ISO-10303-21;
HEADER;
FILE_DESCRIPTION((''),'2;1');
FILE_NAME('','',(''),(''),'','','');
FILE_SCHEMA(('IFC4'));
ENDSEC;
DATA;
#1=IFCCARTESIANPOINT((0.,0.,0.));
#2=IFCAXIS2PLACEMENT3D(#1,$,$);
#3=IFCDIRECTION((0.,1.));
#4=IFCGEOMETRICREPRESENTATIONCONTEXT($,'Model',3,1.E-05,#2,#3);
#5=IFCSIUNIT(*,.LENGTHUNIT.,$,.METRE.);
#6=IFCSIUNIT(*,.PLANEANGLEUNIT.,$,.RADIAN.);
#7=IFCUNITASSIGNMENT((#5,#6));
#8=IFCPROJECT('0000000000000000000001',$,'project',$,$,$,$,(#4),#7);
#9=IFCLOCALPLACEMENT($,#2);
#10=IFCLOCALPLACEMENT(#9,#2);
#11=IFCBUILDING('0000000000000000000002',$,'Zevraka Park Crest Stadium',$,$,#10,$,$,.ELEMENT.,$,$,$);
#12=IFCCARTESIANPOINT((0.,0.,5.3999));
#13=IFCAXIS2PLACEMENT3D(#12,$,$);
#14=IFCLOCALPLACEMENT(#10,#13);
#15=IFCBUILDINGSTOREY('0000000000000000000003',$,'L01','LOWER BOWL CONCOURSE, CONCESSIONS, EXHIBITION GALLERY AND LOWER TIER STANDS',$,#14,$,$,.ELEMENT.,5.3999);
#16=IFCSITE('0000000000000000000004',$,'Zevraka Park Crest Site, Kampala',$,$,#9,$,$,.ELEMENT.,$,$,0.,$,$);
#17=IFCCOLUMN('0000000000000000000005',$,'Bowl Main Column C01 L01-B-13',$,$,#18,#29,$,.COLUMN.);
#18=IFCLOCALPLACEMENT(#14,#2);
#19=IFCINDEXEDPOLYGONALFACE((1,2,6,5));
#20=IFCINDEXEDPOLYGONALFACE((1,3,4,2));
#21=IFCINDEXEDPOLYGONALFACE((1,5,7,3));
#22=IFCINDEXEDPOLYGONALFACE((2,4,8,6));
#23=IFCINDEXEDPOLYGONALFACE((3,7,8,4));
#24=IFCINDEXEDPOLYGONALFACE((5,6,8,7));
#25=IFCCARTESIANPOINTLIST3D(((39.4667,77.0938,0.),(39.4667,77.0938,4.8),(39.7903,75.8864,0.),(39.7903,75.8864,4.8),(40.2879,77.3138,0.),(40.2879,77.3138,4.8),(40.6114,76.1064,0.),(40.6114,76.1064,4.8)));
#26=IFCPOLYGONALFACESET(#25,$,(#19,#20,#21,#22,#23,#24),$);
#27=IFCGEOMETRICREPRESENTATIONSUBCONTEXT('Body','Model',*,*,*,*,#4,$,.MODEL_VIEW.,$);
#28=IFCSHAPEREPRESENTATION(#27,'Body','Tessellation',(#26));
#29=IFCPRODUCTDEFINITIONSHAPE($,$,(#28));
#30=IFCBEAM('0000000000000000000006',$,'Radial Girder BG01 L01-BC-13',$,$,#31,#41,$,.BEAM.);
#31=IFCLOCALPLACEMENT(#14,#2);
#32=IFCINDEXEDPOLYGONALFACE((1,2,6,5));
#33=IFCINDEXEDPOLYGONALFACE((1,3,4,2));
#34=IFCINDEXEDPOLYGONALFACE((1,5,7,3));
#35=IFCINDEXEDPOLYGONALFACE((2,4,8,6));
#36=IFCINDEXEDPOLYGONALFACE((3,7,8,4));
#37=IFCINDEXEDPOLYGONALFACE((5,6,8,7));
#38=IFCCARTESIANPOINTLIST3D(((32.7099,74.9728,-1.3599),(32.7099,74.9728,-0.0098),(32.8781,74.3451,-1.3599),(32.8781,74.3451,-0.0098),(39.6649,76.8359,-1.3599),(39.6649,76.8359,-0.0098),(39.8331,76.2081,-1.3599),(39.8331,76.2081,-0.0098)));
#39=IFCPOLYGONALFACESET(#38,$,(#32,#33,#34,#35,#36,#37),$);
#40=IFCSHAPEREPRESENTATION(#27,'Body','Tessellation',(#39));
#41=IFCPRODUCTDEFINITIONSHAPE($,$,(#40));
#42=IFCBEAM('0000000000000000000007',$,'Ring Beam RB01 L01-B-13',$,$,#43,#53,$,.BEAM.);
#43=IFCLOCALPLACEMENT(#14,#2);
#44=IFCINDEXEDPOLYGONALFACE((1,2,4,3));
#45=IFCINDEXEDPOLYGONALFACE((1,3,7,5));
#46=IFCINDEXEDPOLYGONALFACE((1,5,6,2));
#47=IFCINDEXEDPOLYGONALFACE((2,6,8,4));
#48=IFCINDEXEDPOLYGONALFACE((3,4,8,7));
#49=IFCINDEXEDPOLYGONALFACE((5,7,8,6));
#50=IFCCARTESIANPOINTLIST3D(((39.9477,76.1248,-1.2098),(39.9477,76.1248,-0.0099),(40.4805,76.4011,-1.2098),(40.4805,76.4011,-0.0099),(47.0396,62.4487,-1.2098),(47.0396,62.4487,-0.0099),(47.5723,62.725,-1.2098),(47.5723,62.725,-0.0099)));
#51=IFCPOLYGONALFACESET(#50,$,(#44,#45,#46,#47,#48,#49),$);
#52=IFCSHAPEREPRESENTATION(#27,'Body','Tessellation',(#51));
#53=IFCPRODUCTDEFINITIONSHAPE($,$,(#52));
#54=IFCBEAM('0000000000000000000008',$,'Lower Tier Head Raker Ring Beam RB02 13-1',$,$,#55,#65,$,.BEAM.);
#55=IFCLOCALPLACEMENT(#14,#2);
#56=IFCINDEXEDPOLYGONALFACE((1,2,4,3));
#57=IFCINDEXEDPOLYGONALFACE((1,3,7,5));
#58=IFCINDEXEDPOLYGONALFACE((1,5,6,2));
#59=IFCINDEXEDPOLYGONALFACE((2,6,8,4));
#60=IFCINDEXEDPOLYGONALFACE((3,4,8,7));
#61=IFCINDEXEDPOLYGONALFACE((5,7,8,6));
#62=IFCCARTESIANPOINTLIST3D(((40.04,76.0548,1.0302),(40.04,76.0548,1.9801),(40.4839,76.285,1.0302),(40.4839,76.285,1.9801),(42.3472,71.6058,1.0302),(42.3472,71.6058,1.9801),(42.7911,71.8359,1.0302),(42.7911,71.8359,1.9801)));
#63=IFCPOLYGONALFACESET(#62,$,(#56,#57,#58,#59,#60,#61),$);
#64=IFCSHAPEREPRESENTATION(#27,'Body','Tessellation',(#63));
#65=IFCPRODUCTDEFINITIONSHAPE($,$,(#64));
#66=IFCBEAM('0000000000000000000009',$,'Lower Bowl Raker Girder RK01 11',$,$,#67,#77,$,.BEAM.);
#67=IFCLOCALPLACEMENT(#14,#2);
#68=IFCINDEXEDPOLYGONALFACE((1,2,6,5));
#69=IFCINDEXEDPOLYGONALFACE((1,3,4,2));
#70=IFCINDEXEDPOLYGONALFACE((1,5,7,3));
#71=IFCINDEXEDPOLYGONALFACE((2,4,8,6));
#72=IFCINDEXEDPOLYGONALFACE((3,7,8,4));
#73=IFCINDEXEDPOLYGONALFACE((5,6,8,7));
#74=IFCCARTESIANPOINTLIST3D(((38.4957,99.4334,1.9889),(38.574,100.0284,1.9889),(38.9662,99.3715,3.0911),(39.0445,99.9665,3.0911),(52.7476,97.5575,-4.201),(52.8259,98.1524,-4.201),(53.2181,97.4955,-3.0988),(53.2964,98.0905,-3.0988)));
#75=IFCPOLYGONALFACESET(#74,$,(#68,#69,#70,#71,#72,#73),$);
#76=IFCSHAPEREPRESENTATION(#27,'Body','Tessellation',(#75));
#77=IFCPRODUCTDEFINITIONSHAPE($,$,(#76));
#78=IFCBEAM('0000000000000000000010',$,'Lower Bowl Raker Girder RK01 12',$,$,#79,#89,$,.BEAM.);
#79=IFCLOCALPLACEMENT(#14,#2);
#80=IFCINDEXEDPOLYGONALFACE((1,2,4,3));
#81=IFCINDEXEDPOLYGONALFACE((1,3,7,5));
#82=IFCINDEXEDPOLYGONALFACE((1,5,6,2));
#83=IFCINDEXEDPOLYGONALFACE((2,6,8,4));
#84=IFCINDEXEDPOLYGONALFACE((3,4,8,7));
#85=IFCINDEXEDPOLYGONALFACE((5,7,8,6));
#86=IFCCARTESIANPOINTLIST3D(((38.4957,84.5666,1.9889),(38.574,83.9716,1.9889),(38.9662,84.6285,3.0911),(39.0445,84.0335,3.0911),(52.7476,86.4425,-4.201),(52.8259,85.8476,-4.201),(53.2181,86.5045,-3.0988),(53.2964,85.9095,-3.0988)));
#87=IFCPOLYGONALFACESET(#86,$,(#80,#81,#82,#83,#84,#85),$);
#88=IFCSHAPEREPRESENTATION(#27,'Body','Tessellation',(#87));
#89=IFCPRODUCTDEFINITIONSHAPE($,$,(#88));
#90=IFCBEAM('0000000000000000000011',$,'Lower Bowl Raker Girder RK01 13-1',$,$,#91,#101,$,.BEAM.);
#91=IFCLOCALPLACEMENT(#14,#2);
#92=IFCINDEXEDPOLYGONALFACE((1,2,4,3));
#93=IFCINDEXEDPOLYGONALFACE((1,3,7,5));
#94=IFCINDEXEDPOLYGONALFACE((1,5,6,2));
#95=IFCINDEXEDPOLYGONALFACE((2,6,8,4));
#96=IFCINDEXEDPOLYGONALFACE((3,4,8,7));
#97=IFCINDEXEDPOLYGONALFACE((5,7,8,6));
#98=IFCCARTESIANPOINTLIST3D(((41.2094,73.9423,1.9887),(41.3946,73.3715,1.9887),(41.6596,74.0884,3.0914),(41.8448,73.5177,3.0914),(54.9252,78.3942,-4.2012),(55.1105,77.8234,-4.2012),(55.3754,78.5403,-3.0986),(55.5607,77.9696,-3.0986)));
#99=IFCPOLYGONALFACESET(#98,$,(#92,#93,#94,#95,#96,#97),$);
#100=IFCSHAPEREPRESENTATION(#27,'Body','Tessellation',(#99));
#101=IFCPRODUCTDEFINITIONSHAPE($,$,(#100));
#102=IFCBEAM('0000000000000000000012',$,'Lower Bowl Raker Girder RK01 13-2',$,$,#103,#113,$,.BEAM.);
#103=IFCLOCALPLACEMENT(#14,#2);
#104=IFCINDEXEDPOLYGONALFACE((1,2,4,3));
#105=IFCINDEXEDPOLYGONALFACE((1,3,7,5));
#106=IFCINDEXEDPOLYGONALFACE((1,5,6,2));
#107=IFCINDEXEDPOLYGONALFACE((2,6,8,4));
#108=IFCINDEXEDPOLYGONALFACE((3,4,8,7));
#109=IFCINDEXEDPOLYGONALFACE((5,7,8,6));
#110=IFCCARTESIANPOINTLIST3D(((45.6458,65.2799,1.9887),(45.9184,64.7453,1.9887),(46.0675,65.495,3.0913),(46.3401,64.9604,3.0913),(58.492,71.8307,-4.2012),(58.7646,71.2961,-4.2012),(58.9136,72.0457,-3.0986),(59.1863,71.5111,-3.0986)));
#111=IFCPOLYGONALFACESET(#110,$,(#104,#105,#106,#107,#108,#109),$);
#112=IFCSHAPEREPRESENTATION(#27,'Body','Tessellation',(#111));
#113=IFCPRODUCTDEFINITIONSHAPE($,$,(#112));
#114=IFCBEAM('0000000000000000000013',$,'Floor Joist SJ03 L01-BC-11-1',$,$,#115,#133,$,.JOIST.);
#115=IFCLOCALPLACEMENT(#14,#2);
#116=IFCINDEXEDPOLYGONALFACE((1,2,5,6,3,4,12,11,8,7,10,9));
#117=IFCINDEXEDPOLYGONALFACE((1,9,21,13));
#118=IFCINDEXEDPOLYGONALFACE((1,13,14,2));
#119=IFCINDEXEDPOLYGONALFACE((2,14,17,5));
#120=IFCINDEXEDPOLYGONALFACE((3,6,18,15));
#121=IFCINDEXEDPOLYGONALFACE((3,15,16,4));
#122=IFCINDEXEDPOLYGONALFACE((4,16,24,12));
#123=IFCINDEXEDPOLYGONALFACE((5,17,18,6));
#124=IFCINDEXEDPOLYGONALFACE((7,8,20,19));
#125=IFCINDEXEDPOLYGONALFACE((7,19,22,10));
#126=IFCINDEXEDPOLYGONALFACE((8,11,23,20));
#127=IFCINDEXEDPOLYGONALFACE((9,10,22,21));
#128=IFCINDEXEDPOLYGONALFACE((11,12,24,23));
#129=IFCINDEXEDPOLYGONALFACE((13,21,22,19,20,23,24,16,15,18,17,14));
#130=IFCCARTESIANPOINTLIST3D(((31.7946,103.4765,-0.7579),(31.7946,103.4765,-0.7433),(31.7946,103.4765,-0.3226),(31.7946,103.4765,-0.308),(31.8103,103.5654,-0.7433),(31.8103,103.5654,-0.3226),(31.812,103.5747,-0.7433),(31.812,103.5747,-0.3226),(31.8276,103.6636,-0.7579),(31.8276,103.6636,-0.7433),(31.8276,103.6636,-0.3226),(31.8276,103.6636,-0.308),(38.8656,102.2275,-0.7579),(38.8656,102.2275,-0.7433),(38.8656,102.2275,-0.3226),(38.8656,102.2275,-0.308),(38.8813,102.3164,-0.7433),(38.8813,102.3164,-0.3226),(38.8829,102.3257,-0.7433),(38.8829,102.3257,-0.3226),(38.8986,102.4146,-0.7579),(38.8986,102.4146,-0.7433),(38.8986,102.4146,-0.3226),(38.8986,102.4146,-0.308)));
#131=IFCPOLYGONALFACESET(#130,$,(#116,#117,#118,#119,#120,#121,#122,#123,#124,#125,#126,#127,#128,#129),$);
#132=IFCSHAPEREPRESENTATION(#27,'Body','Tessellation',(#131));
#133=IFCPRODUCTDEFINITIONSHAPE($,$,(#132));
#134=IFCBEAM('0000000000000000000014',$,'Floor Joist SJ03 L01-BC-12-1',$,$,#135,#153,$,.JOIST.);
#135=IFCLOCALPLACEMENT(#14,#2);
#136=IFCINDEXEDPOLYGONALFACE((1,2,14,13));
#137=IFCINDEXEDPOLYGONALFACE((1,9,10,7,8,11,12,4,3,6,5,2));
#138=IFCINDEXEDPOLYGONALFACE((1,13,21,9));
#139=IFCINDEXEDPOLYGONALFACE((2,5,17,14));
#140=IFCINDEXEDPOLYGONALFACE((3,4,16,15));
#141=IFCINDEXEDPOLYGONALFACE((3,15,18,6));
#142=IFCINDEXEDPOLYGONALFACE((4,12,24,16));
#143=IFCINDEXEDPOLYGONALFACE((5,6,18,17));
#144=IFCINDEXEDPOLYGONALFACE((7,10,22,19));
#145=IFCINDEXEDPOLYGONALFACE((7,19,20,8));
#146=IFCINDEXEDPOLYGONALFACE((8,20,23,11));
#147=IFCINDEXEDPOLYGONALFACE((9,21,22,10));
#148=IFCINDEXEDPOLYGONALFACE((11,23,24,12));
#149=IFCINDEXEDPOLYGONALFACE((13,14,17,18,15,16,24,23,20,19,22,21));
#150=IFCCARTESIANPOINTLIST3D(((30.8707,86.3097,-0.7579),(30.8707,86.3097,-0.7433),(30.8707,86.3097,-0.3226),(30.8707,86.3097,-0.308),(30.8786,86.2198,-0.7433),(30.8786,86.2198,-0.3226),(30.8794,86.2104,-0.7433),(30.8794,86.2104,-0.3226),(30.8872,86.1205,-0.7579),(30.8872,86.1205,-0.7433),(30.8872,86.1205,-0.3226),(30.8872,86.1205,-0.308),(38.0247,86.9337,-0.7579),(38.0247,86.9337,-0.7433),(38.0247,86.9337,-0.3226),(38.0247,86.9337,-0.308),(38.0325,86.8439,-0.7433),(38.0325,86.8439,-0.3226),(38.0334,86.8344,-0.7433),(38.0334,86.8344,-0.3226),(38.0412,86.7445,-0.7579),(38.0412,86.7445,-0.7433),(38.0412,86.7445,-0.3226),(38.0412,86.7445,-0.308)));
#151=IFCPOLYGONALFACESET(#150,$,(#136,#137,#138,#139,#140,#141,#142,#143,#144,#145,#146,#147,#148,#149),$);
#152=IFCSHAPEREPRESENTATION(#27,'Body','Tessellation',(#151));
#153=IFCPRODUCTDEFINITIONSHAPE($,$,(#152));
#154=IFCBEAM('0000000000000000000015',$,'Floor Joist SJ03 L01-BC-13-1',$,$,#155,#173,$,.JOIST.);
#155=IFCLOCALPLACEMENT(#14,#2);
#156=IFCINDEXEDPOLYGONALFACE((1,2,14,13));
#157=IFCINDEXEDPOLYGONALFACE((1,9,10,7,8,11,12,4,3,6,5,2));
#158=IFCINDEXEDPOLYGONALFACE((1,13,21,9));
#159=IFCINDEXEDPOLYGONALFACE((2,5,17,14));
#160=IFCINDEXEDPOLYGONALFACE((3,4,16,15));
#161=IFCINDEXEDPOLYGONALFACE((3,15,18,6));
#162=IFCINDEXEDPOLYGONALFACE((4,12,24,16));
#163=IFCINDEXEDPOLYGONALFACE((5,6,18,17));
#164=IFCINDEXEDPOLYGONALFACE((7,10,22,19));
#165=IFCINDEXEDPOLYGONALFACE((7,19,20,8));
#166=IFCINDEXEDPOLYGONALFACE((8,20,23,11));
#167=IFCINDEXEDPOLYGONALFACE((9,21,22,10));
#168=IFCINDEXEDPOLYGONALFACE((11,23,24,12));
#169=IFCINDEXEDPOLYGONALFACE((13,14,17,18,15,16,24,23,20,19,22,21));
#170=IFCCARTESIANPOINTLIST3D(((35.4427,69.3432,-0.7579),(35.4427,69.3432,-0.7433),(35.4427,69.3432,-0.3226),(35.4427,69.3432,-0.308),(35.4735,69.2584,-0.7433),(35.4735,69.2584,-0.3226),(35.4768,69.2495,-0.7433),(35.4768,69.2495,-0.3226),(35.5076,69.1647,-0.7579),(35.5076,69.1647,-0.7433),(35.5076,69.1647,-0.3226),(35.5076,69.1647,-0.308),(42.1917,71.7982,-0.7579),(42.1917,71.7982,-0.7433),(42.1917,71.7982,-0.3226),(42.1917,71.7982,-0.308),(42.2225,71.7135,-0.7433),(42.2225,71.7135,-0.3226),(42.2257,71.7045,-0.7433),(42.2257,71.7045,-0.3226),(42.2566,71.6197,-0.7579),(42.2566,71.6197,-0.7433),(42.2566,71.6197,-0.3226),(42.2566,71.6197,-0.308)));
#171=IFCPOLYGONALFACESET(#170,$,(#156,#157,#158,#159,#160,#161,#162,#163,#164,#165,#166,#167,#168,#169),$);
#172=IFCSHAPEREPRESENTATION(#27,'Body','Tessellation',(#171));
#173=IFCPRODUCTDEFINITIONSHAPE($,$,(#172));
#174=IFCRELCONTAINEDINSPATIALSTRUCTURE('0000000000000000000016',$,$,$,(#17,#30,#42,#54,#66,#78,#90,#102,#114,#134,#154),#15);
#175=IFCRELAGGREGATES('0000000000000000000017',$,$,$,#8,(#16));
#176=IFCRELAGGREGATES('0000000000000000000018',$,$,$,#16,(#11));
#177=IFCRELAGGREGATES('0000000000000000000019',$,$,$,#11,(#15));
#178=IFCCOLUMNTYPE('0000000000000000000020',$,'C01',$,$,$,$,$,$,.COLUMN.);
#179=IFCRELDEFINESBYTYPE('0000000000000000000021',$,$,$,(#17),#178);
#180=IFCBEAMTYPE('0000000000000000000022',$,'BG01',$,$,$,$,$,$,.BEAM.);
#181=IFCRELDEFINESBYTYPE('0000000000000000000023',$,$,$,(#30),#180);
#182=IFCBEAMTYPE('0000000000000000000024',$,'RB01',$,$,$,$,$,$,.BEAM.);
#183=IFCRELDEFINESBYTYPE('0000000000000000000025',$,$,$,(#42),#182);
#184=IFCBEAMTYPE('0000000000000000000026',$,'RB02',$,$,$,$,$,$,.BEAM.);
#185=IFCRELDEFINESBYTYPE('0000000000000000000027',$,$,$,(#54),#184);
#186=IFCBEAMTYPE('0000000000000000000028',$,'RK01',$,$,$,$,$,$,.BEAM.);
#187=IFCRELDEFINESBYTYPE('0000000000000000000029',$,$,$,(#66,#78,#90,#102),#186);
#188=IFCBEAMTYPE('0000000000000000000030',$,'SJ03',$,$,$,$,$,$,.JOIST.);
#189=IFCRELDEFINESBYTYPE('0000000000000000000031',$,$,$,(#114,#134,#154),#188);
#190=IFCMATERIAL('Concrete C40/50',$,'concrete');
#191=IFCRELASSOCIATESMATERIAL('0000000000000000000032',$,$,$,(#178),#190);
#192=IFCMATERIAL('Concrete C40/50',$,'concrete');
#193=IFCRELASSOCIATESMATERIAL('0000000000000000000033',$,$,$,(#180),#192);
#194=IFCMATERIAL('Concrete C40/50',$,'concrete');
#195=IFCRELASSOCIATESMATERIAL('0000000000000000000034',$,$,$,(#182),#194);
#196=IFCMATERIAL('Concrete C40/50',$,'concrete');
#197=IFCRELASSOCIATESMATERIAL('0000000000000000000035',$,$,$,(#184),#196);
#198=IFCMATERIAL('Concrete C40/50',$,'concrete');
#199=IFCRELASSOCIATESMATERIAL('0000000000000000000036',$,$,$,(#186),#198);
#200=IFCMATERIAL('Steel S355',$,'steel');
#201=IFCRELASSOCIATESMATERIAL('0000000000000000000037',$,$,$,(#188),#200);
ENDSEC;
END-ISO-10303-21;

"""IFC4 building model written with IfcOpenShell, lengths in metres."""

from ifc_helpers import new_model, si_unit, direction, frame, origin, origin_2d, place, context, subcontext, project, spatial, rectangle, i_section, extrude, material, material_profile, profile_set, type_object, element, save


model = new_model("IFC4")

# Units and contexts
model_context = context("Model", 3, precision=1e-05, world=origin(), true_north=direction((0.0, 1.0)))
body_context = subcontext(model_context, "Body", "Model", "MODEL_VIEW")
ifc_project = project(units=[si_unit("LENGTHUNIT", "METRE"), si_unit("PLANEANGLEUNIT", "RADIAN")], contexts=[model_context])

# Site, building, storey
site_placement = place(None, origin())
site = spatial("IfcSite", under=ifc_project, at=site_placement, Name="Zevraka Park Crest Site, Kampala", CompositionType="ELEMENT", RefElevation=0.0)
building_placement = place(site_placement, origin())
building = spatial("IfcBuilding", under=site, at=building_placement, Name="Zevraka Park Crest Stadium", CompositionType="ELEMENT")
storey_placement = place(building_placement, frame((0.0, 0.0, 5.3999)))
storey = spatial("IfcBuildingStorey", under=building, at=storey_placement, Name="L01", Description="LOWER BOWL CONCOURSE, CONCESSIONS, EXHIBITION GALLERY AND LOWER TIER STANDS", CompositionType="ELEMENT", Elevation=5.3999)

# Column
ifc_material_1 = material(Name="Concrete C40/50", Category="concrete")
ifc_material_profile_1 = material_profile(ifc_material_1, rectangle(XDim=0.8501, YDim=1.25, at=origin_2d()), Name="RC 1250x850")
ifc_profile_set_1 = profile_set([ifc_material_profile_1], Name="Concrete C40/50")
column_type = type_object("IfcColumnType", Name="C01", PredefinedType="COLUMN", material=ifc_profile_set_1)
column_placement = place(storey_placement, frame((40.0391, 76.6001, 0.0), z_axis=(0.0, 0.0, 1.0), x_axis=(0.965926, 0.258819, 0.0)))
element("IfcColumn", 1, at=column_placement, inside=storey, type_object=column_type, Name="Bowl Main Column C01 L01-B-13", PredefinedType="COLUMN", context=body_context, shape_type="SweptSolid", body=[
    extrude(rectangle(XDim=0.8501, YDim=1.25, at=origin_2d()), origin(), (0.0, 0.0, 1.0), 4.8),
])

# Beams
ifc_material_2 = material(Name="Concrete C40/50", Category="concrete")
ifc_material_profile_2 = material_profile(ifc_material_2, rectangle(XDim=0.6499, YDim=1.3501, at=origin_2d()), Name="RC 1350x650")
ifc_profile_set_2 = profile_set([ifc_material_profile_2], Name="Concrete C40/50")
beam_type_1 = type_object("IfcBeamType", Name="BG01", PredefinedType="BEAM", material=ifc_profile_set_2)
beam_1_placement = place(storey_placement, frame((39.749, 76.522, -0.6848), z_axis=(-0.965946, -0.258745, 0.0), x_axis=(0.258745, -0.965946, 0.0)))
element("IfcBeam", 2, at=beam_1_placement, inside=storey, type_object=beam_type_1, Name="Radial Girder BG01 L01-BC-13", PredefinedType="BEAM", context=body_context, shape_type="SweptSolid", body=[
    extrude(rectangle(XDim=0.6499, YDim=1.3501, at=origin_2d()), origin(), (0.0, 0.0, 1.0), 7.2002),
])
ifc_material_3 = material(Name="Concrete C40/50", Category="concrete")
ifc_material_profile_3 = material_profile(ifc_material_3, rectangle(XDim=0.6001, YDim=1.2, at=origin_2d()), Name="RC 1200x600")
ifc_profile_set_3 = profile_set([ifc_material_profile_3], Name="Concrete C40/50")
beam_type_2 = type_object("IfcBeamType", Name="RB01", PredefinedType="BEAM", material=ifc_profile_set_3)
beam_2_placement = place(storey_placement, frame((40.2141, 76.2629, -0.6099), z_axis=(0.460344, -0.887741, 0.0), x_axis=(0.887741, 0.460344, 0.0)))
element("IfcBeam", 3, at=beam_2_placement, inside=storey, type_object=beam_type_2, Name="Ring Beam RB01 L01-B-13", PredefinedType="BEAM", context=body_context, shape_type="SweptSolid", body=[
    extrude(rectangle(XDim=0.6001, YDim=1.2, at=origin_2d()), origin(), (0.0, 0.0, 1.0), 15.4055),
])
ifc_material_4 = material(Name="Concrete C40/50", Category="concrete")
ifc_material_profile_4 = material_profile(ifc_material_4, rectangle(XDim=0.5, YDim=0.95, at=origin_2d()), Name="RC 950x500")
ifc_profile_set_4 = profile_set([ifc_material_profile_4], Name="Concrete C40/50")
beam_type_3 = type_object("IfcBeamType", Name="RB02", PredefinedType="BEAM", material=ifc_profile_set_4)
beam_3_placement = place(storey_placement, frame((40.262, 76.1699, 1.5051), z_axis=(0.460357, -0.887734, 0.0), x_axis=(0.887734, 0.460357, 0.0)))
element("IfcBeam", 4, at=beam_3_placement, inside=storey, type_object=beam_type_3, Name="Lower Tier Head Raker Ring Beam RB02 13-1", PredefinedType="BEAM", context=body_context, shape_type="SweptSolid", body=[
    extrude(rectangle(XDim=0.5, YDim=0.95, at=origin_2d()), origin(), (0.0, 0.0, 1.0), 5.0117),
])
ifc_material_5 = material(Name="Concrete C40/50", Category="concrete")
ifc_material_profile_5 = material_profile(ifc_material_5, rectangle(XDim=0.6001, YDim=1.2, at=origin_2d()), Name="RC 1200x600")
ifc_profile_set_5 = profile_set([ifc_material_profile_5], Name="Concrete C40/50")
beam_type_4 = type_object("IfcBeamType", Name="RK01", PredefinedType="BEAM", material=ifc_profile_set_5)
for number, where, z_axis, x_axis, name in (
    (5, (53.022, 97.824, -3.6499), (-0.910612, 0.119863, 0.395499), (-0.130504, -0.991448, 0.0), "Lower Bowl Raker Girder RK01 11"),
    (6, (53.022, 86.176, -3.6499), (-0.910612, -0.119863, 0.395499), (0.130504, -0.991448, 0.0), "Lower Bowl Raker Girder RK01 12"),
):
    element("IfcBeam", number, at=place(storey_placement, frame(where, z_axis=z_axis, x_axis=x_axis)), inside=storey, type_object=beam_type_4, Name=name, PredefinedType="BEAM", context=body_context, shape_type="SweptSolid", body=[
        extrude(rectangle(XDim=0.6001, YDim=1.2, at=origin_2d()), origin(), (0.0, 0.0, 1.0), 15.6509),
    ])
beam_4_placement = place(storey_placement, frame((55.2429, 78.1819, -3.6499), z_axis=(-0.87403, -0.283694, 0.394449), x_axis=(0.308726, -0.951151, 0.0)))
element("IfcBeam", 7, at=beam_4_placement, inside=storey, type_object=beam_type_4, Name="Lower Bowl Raker Girder RK01 13-1", PredefinedType="BEAM", context=body_context, shape_type="SweptSolid", body=[
    extrude(rectangle(XDim=0.6001, YDim=1.2, at=origin_2d()), origin(), (0.0, 0.0, 1.0), 15.6926),
])
beam_5_placement = place(storey_placement, frame((58.8391, 71.6709, -3.6499), z_axis=(-0.818623, -0.417448, 0.394454), x_axis=(0.454283, -0.890857, 0.0)))
element("IfcBeam", 8, at=beam_5_placement, inside=storey, type_object=beam_type_4, Name="Lower Bowl Raker Girder RK01 13-2", PredefinedType="BEAM", context=body_context, shape_type="SweptSolid", body=[
    extrude(rectangle(XDim=0.6001, YDim=1.2, at=origin_2d()), origin(), (0.0, 0.0, 1.0), 15.6924),
])
ifc_material_6 = material(Name="Steel S355", Category="steel")
ifc_material_profile_6 = material_profile(ifc_material_6, i_section(OverallWidth=0.1899, OverallDepth=0.45, WebThickness=0.0095, FlangeThickness=0.0146, at=origin_2d()), Name="IPE 450")
ifc_profile_set_6 = profile_set([ifc_material_profile_6], Name="Steel S355")
beam_type_5 = type_object("IfcBeamType", Name="SJ03", PredefinedType="JOIST", material=ifc_profile_set_6)
beam_6_placement = place(storey_placement, frame((38.8821, 102.321, -0.533), z_axis=(-0.984755, 0.173946, 0.0), x_axis=(-0.173946, -0.984755, 0.0)))
element("IfcBeam", 9, at=beam_6_placement, inside=storey, type_object=beam_type_5, Name="Floor Joist SJ03 L01-BC-11-1", PredefinedType="JOIST", context=body_context, shape_type="SweptSolid", body=[
    extrude(i_section(OverallWidth=0.1899, OverallDepth=0.45, WebThickness=0.0095, FlangeThickness=0.0146, at=origin_2d()), origin(), (0.0, 0.0, 1.0), 7.1804),
])
beam_7_placement = place(storey_placement, frame((38.033, 86.8391, -0.533), z_axis=(-0.996217, -0.086897, 0.0), x_axis=(0.086897, -0.996217, 0.0)))
element("IfcBeam", 10, at=beam_7_placement, inside=storey, type_object=beam_type_5, Name="Floor Joist SJ03 L01-BC-12-1", PredefinedType="JOIST", context=body_context, shape_type="SweptSolid", body=[
    extrude(i_section(OverallWidth=0.1899, OverallDepth=0.45, WebThickness=0.0095, FlangeThickness=0.0146, at=origin_2d()), origin(), (0.0, 0.0, 1.0), 7.1812),
])
beam_8_placement = place(storey_placement, frame((42.2241, 71.709, -0.533), z_axis=(-0.939754, -0.341852, 0.0), x_axis=(0.341852, -0.939754, 0.0)))
element("IfcBeam", 11, at=beam_8_placement, inside=storey, type_object=beam_type_5, Name="Floor Joist SJ03 L01-BC-13-1", PredefinedType="JOIST", context=body_context, shape_type="SweptSolid", body=[
    extrude(i_section(OverallWidth=0.1899, OverallDepth=0.45, WebThickness=0.0095, FlangeThickness=0.0146, at=origin_2d()), origin(), (0.0, 0.0, 1.0), 7.1816),
])

save(model, "model.ifc")
